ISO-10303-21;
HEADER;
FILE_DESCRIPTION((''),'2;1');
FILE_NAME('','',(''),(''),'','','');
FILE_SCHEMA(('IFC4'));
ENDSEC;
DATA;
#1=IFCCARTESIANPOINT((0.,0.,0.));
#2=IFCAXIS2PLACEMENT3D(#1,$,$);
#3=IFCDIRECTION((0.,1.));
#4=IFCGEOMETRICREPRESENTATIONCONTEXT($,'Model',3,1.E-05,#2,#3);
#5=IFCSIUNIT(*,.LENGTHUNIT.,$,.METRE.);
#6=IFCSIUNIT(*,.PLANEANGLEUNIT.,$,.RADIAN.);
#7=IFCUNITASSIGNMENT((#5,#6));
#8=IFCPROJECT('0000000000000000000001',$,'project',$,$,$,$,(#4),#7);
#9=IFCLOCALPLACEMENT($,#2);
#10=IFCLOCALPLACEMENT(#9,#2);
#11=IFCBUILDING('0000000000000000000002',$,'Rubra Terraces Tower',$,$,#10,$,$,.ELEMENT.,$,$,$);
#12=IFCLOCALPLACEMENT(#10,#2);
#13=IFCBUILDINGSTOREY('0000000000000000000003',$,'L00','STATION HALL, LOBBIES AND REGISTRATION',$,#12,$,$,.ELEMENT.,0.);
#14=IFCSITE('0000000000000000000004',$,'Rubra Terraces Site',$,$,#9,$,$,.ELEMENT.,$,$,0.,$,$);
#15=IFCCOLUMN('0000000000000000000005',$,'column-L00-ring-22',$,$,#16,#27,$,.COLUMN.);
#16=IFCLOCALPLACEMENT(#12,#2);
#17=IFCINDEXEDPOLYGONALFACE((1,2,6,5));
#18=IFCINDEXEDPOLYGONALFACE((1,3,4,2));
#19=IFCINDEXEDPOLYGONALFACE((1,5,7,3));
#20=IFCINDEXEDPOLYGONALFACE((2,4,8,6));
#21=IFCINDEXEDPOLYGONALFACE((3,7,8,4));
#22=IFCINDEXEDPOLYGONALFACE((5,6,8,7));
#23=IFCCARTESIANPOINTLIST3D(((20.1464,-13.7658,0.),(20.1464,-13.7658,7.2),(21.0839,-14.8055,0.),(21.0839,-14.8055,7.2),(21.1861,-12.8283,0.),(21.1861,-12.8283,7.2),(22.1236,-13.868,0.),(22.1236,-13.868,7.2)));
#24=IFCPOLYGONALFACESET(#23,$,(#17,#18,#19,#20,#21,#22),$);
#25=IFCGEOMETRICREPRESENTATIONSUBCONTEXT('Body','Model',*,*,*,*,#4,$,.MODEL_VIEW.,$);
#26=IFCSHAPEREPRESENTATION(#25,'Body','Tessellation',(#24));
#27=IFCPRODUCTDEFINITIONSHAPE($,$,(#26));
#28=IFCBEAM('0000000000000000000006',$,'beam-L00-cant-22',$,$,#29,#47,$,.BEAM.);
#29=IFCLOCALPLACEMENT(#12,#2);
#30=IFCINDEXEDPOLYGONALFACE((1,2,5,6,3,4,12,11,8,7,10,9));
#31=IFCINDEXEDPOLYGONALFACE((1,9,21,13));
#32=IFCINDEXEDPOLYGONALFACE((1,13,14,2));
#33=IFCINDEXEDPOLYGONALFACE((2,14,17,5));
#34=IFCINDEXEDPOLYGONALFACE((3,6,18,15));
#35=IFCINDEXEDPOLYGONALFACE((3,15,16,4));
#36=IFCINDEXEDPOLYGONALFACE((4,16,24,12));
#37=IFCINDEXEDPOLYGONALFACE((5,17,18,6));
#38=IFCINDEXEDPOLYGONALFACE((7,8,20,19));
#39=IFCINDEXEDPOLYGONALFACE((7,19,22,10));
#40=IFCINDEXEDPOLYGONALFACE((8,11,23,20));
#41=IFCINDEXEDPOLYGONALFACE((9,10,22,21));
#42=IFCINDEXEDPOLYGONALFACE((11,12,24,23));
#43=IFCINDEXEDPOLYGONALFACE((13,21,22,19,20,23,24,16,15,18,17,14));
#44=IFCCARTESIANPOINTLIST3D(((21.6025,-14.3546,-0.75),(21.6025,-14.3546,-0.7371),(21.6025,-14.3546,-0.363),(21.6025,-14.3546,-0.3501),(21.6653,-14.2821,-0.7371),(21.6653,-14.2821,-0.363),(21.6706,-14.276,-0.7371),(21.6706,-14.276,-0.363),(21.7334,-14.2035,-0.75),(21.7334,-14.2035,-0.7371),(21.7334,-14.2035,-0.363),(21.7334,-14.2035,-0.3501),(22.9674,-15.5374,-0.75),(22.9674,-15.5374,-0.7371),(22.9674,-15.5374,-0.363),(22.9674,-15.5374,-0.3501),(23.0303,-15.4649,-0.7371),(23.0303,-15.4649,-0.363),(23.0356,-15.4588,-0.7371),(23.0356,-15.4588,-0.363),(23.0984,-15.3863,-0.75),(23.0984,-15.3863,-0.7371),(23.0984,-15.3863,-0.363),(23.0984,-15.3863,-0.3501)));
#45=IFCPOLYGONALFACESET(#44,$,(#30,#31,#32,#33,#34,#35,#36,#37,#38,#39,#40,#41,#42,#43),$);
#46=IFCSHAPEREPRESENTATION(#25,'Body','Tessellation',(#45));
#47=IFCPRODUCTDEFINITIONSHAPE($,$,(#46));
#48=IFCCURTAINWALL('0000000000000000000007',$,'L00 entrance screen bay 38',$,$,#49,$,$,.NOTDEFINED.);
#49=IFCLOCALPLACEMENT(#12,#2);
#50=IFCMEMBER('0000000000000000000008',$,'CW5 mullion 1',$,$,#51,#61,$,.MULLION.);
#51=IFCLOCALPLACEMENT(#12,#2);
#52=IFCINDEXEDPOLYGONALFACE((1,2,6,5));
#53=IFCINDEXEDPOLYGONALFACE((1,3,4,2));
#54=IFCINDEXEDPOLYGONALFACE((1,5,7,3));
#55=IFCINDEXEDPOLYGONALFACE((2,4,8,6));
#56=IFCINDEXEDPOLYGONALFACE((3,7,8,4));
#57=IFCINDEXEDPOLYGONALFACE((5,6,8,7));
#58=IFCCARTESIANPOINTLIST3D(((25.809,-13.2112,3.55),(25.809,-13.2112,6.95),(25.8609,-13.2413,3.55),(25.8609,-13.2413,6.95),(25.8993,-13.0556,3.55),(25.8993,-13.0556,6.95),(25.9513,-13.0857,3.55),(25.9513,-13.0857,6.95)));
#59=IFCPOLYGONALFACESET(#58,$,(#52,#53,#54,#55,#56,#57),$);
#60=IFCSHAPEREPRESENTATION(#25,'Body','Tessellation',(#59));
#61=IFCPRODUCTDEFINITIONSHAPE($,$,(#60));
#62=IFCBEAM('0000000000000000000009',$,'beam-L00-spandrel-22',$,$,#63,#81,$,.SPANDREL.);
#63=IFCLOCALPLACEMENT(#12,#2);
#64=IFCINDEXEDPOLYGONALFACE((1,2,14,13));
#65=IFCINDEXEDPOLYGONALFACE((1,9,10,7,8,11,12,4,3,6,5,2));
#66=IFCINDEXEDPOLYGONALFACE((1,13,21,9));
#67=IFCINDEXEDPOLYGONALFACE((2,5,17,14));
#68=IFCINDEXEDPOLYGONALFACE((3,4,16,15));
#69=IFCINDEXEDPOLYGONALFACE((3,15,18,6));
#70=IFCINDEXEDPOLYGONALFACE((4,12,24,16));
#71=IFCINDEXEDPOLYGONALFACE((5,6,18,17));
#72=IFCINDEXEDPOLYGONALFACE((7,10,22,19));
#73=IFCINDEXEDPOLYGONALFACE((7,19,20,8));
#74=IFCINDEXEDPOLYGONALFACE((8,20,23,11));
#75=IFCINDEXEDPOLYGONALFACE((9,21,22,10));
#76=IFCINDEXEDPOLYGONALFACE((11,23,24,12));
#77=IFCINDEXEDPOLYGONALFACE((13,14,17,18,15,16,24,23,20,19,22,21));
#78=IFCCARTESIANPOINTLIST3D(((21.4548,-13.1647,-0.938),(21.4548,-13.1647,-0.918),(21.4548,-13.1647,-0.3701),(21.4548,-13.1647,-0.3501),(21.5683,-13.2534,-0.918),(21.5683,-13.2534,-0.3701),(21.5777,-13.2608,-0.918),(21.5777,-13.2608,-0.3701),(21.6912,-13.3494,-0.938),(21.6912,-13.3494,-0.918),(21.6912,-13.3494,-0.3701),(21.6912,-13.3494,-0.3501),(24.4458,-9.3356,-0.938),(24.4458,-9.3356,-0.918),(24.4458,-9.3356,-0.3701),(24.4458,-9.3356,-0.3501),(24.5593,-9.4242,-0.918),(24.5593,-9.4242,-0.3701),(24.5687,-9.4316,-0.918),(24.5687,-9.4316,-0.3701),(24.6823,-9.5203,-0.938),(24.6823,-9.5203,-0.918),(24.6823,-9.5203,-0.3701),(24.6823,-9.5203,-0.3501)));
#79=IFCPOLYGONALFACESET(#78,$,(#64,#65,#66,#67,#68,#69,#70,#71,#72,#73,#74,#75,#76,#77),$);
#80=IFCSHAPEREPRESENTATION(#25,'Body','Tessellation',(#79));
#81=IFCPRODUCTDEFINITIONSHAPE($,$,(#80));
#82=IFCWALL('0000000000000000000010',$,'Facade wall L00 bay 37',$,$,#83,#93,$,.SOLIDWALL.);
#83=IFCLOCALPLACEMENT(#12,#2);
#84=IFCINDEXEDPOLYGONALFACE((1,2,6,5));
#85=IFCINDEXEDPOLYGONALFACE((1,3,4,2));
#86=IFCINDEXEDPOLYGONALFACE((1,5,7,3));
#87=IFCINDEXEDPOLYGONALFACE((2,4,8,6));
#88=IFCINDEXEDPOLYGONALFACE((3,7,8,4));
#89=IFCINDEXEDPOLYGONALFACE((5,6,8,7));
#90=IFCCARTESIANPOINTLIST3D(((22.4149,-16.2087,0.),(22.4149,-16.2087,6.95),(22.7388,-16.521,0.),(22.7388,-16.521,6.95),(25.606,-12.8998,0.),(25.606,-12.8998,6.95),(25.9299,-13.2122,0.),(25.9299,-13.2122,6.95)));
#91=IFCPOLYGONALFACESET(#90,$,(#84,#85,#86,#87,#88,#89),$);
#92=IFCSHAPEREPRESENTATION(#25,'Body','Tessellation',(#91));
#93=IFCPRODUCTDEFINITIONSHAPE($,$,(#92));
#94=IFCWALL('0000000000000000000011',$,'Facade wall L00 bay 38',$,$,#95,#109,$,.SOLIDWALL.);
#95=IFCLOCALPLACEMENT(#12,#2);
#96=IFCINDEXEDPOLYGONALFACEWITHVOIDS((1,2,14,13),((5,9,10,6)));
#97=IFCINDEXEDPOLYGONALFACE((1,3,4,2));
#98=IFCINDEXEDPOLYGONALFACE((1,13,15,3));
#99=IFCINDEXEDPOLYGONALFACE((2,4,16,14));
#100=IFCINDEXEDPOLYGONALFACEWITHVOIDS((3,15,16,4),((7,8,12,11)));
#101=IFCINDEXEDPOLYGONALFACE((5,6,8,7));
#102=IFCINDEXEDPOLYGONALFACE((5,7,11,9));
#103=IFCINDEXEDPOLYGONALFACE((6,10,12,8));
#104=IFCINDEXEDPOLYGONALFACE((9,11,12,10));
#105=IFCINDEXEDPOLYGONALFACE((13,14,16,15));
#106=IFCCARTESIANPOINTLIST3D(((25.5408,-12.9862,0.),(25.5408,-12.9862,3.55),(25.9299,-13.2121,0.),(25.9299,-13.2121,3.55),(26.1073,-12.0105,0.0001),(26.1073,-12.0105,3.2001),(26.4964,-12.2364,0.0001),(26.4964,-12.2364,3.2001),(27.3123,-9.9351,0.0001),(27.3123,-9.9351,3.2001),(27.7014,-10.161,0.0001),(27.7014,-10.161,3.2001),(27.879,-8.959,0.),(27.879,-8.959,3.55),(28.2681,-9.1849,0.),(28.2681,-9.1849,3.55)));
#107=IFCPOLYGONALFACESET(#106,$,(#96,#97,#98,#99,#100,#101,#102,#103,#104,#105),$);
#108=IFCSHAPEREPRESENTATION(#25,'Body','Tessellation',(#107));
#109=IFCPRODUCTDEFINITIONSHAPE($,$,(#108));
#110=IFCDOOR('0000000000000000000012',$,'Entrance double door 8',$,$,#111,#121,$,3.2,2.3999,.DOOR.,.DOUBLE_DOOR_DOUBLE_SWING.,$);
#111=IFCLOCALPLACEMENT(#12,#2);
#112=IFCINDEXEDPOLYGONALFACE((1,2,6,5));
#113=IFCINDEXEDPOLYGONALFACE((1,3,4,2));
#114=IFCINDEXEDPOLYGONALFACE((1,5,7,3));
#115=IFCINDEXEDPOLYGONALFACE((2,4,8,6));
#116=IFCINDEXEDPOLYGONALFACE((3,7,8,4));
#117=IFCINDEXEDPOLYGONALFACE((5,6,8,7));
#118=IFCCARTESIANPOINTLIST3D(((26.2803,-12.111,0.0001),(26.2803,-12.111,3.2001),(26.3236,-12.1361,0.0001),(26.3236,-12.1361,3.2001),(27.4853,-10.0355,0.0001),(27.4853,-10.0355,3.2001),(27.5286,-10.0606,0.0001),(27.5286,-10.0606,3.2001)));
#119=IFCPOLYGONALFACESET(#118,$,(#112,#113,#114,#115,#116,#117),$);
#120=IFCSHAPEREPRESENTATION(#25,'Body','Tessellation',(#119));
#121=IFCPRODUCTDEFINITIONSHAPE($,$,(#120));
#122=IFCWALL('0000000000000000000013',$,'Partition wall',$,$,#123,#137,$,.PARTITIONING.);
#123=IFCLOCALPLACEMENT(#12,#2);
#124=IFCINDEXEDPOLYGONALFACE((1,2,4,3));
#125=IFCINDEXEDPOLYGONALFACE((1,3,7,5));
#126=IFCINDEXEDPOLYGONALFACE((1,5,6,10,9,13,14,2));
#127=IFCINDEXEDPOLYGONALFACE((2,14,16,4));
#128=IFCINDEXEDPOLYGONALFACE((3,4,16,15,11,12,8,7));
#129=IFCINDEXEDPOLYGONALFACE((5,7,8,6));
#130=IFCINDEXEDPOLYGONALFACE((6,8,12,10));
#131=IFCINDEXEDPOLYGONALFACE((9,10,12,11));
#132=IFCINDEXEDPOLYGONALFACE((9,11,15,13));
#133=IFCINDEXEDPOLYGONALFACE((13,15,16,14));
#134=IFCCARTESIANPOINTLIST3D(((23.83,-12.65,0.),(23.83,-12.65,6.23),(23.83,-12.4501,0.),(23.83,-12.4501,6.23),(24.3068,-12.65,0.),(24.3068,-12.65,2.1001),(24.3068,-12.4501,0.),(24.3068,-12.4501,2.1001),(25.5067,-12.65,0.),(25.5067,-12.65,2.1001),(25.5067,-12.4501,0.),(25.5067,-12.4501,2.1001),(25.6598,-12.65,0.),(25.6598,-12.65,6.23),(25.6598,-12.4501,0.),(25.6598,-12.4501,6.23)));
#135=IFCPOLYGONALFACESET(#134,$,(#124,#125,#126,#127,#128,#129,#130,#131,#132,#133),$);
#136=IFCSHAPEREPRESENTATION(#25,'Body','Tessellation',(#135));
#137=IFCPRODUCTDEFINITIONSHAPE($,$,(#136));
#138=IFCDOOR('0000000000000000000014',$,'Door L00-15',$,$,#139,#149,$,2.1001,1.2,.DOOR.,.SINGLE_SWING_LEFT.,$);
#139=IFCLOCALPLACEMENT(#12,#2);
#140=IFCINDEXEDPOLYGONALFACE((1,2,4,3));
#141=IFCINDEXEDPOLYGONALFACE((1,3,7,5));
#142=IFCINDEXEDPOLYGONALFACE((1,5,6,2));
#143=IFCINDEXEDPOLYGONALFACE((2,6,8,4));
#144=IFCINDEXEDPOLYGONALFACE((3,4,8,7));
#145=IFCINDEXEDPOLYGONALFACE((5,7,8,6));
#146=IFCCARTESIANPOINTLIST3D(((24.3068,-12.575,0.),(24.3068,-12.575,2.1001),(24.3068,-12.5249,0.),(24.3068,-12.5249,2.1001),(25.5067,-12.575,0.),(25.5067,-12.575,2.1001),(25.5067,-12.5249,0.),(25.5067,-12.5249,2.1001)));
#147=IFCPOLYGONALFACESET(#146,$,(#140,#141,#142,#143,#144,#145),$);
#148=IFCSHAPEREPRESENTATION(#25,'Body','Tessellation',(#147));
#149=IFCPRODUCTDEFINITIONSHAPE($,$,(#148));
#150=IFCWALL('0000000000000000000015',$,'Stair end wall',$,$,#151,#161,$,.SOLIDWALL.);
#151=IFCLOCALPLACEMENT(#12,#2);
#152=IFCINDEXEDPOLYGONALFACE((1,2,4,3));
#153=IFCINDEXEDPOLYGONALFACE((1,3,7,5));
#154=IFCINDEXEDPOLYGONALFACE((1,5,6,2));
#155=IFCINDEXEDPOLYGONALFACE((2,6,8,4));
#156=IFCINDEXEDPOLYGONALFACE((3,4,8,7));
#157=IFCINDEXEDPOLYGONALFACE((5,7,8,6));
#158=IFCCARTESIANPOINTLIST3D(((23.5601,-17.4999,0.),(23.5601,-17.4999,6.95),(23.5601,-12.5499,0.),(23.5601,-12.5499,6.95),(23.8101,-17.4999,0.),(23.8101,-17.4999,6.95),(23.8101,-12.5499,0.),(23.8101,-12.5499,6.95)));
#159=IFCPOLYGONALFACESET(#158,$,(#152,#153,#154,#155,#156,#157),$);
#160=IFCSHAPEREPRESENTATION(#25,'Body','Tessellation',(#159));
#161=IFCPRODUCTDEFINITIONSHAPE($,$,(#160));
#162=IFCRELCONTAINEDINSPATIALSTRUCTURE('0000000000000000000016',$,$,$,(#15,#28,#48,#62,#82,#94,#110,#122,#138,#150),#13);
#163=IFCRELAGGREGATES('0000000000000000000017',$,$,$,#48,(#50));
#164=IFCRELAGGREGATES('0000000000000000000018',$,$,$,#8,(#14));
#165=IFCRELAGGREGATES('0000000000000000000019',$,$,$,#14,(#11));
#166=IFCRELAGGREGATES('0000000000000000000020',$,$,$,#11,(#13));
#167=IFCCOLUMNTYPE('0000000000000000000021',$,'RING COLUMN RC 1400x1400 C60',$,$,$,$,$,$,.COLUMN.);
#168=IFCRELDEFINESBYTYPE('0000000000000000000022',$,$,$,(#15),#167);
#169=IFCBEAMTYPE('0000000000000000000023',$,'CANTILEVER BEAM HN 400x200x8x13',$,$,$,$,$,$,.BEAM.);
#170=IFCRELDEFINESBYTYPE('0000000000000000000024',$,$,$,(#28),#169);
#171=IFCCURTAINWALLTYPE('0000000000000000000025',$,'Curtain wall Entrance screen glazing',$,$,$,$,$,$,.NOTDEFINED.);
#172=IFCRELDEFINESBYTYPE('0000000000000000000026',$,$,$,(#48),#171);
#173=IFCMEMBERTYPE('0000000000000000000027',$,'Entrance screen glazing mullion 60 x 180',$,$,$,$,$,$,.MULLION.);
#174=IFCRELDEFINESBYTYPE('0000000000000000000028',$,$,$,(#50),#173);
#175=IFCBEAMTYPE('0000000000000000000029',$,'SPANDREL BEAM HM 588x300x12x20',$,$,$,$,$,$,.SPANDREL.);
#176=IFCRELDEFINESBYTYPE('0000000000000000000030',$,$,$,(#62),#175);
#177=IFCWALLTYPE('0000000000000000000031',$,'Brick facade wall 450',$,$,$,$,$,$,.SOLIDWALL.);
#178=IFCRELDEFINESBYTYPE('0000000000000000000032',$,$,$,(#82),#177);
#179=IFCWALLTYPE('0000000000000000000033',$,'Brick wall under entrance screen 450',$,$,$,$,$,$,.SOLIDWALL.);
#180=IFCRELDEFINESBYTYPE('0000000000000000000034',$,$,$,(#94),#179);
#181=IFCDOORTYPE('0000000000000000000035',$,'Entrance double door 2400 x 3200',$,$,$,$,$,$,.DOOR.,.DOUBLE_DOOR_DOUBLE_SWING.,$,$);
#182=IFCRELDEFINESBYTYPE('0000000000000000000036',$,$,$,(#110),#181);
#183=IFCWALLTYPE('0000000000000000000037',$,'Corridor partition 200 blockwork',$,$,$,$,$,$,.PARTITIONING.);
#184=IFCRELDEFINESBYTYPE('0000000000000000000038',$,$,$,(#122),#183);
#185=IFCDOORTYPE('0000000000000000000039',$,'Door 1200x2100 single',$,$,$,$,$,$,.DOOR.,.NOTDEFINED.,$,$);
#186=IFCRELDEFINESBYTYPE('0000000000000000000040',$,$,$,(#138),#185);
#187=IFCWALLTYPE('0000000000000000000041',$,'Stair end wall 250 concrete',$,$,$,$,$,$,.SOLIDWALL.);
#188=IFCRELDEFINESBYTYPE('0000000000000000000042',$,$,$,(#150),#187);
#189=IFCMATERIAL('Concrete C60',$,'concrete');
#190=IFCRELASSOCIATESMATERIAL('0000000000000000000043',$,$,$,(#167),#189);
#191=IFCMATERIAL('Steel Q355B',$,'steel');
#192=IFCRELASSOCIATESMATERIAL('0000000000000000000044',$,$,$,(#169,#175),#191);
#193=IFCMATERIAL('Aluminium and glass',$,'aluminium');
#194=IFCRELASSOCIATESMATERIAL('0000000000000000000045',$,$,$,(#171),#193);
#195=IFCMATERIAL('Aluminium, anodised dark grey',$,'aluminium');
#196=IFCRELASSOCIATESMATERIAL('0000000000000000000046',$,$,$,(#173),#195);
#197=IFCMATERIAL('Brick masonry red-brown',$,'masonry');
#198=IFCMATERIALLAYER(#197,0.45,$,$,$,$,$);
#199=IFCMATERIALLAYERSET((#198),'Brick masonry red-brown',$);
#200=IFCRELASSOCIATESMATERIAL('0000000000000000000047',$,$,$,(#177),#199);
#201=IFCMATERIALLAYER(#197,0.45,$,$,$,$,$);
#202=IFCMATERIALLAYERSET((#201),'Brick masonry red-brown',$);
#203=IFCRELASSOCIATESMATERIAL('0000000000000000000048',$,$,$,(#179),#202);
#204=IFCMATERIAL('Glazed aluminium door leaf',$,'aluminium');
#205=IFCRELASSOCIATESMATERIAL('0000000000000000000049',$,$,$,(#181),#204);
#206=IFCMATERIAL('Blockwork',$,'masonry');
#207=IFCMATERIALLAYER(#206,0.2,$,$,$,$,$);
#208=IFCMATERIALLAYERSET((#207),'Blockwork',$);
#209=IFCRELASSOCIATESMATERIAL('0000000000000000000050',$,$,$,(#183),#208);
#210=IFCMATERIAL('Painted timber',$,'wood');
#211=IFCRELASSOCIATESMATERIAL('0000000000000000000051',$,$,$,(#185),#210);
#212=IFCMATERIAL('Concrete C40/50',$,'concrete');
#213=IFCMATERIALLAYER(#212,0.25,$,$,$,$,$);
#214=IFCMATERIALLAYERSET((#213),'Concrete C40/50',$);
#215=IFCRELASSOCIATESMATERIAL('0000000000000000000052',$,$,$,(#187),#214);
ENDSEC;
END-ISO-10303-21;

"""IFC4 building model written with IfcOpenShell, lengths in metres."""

from ifc_helpers import new_model, si_unit, direction, frame, frame_2d, origin, origin_2d, place, context, subcontext, project, spatial, rectangle, i_section, extrude, material, layer, layer_set, material_profile, profile_set, type_object, element, fill, aggregate, save


model = new_model("IFC4")

# Units and contexts
model_context = context("Model", 3, precision=1e-05, world=origin(), true_north=direction((0.0, 1.0)))
body_context = subcontext(model_context, "Body", "Model", "MODEL_VIEW")
ifc_project = project(units=[si_unit("LENGTHUNIT", "METRE"), si_unit("PLANEANGLEUNIT", "RADIAN")], contexts=[model_context])

# Site, building, storey
site_placement = place(None, origin())
site = spatial("IfcSite", under=ifc_project, at=site_placement, Name="Rubra Terraces Site", CompositionType="ELEMENT", RefElevation=0.0)
building_placement = place(site_placement, origin())
building = spatial("IfcBuilding", under=site, at=building_placement, Name="Rubra Terraces Tower", CompositionType="ELEMENT")
storey_placement = place(building_placement, origin())
storey = spatial("IfcBuildingStorey", under=building, at=storey_placement, Name="L00", Description="STATION HALL, LOBBIES AND REGISTRATION", CompositionType="ELEMENT", Elevation=0.0)

# Column
ifc_material_1 = material(Name="Concrete C60", Category="concrete")
ifc_material_profile_1 = material_profile(ifc_material_1, rectangle(XDim=1.3999, YDim=1.3999, at=origin_2d()), Name="RC 1400x1400")
ifc_profile_set_1 = profile_set([ifc_material_profile_1], Name="Concrete C60")
column_type = type_object("IfcColumnType", Name="RING COLUMN RC 1400x1400 C60", PredefinedType="COLUMN", material=ifc_profile_set_1)
column_placement = place(storey_placement, frame((21.135, -13.8169, 0.0), z_axis=(0.0, 0.0, 1.0), x_axis=(0.742676, 0.669651, 0.0)))
element("IfcColumn", 1, at=column_placement, inside=storey, type_object=column_type, Name="column-L00-ring-22", PredefinedType="COLUMN", context=body_context, shape_type="SweptSolid", body=[
    extrude(rectangle(XDim=1.3999, YDim=1.3999, at=origin_2d()), origin(), (0.0, 0.0, 1.0), 7.2),
])

# Beam
ifc_material_2 = material(Name="Steel Q355B", Category="steel")
ifc_material_profile_2 = material_profile(ifc_material_2, i_section(OverallWidth=0.2, OverallDepth=0.3999, WebThickness=0.0081, FlangeThickness=0.0129, at=origin_2d()), Name="HN 400x200x8x13")
ifc_profile_set_2 = profile_set([ifc_material_profile_2], Name="Steel Q355B")
beam_type_1 = type_object("IfcBeamType", Name="CANTILEVER BEAM HN 400x200x8x13", PredefinedType="BEAM", material=ifc_profile_set_2)
beam_1_placement = place(storey_placement, frame((21.668, -14.2791, -0.55), z_axis=(0.755725, -0.654889, 0.0), x_axis=(0.654889, 0.755725, 0.0)))
element("IfcBeam", 2, at=beam_1_placement, inside=storey, type_object=beam_type_1, Name="beam-L00-cant-22", PredefinedType="BEAM", context=body_context, shape_type="SweptSolid", body=[
    extrude(i_section(OverallWidth=0.2, OverallDepth=0.3999, WebThickness=0.0081, FlangeThickness=0.0129, at=origin_2d()), origin(), (0.0, 0.0, 1.0), 1.8062),
])

# Curtain wall, member
ifc_material_3 = material(Name="Aluminium and glass", Category="aluminium")
curtain_wall_type = type_object("IfcCurtainWallType", Name="Curtain wall Entrance screen glazing", PredefinedType="NOTDEFINED", material=ifc_material_3)
curtain_wall_placement = place(storey_placement, origin())
curtain_wall = element("IfcCurtainWall", 3, at=curtain_wall_placement, inside=storey, type_object=curtain_wall_type, Name="L00 entrance screen bay 38", PredefinedType="NOTDEFINED")
ifc_material_4 = material(Name="Aluminium, anodised dark grey", Category="aluminium")
ifc_material_profile_3 = material_profile(ifc_material_4, rectangle(XDim=0.0601, YDim=0.1799, at=origin_2d()), Name="AL 60x180")
ifc_profile_set_3 = profile_set([ifc_material_profile_3], Name="Aluminium, anodised dark grey")
member_type = type_object("IfcMemberType", Name="Entrance screen glazing mullion 60 x 180", PredefinedType="MULLION", material=ifc_profile_set_3)
member_placement = place(storey_placement, frame((25.8801, -13.1484, 3.55), z_axis=(0.0, 0.0, 1.0), x_axis=(-0.864813, 0.502094, 0.0)))
member = element("IfcMember", 4, at=member_placement, type_object=member_type, Name="CW5 mullion 1", PredefinedType="MULLION", context=body_context, shape_type="SweptSolid", body=[
    extrude(rectangle(XDim=0.0601, YDim=0.1799, at=origin_2d()), origin(), (0.0, 0.0, 1.0), 3.3999),
])
aggregate(curtain_wall, [member])

# Beam
ifc_material_profile_4 = material_profile(ifc_material_2, i_section(OverallWidth=0.3, OverallDepth=0.5879, WebThickness=0.012, FlangeThickness=0.02, at=origin_2d()), Name="HM 588x300x12x20")
ifc_profile_set_4 = profile_set([ifc_material_profile_4], Name="Steel Q355B")
beam_type_2 = type_object("IfcBeamType", Name="SPANDREL BEAM HM 588x300x12x20", PredefinedType="SPANDREL", material=ifc_profile_set_4)
beam_2_placement = place(storey_placement, frame((21.573, -13.2571, -0.644), z_axis=(0.615578, 0.788076, 0.0), x_axis=(-0.788076, 0.615578, 0.0)))
element("IfcBeam", 5, at=beam_2_placement, inside=storey, type_object=beam_type_2, Name="beam-L00-spandrel-22", PredefinedType="SPANDREL", context=body_context, shape_type="SweptSolid", body=[
    extrude(i_section(OverallWidth=0.3, OverallDepth=0.5879, WebThickness=0.012, FlangeThickness=0.02, at=origin_2d()), origin(), (0.0, 0.0, 1.0), 4.8589),
])

# Wall
ifc_material_5 = material(Name="Brick masonry red-brown", Category="masonry")
ifc_layer_1 = layer(ifc_material_5, 0.45)
ifc_layer_set_1 = layer_set([ifc_layer_1], Name="Brick masonry red-brown")
wall_type_1 = type_object("IfcWallType", Name="Brick facade wall 450", PredefinedType="SOLIDWALL", material=ifc_layer_set_1)
wall_1_placement = place(storey_placement, frame((22.5769, -16.3647, 0.0), z_axis=(0.0, 0.0, 1.0), x_axis=(0.694192, 0.71979, 0.0)))
element("IfcWall", 6, at=wall_1_placement, inside=storey, type_object=wall_type_1, Name="Facade wall L00 bay 37", PredefinedType="SOLIDWALL", context=body_context, shape_type="SweptSolid", body=[
    extrude(rectangle(XDim=4.5969, YDim=0.45, at=frame_2d((2.2983, 0.0))), origin(), (0.0, 0.0, 1.0), 6.95),
])

# Walls, openings, doors
ifc_layer_2 = layer(ifc_material_5, 0.45)
ifc_layer_set_2 = layer_set([ifc_layer_2], Name="Brick masonry red-brown")
wall_type_2 = type_object("IfcWallType", Name="Brick wall under entrance screen 450", PredefinedType="SOLIDWALL", material=ifc_layer_set_2)
wall_2_placement = place(storey_placement, frame((25.7354, -13.0991, 0.0), z_axis=(0.0, 0.0, 1.0), x_axis=(0.502106, 0.864806, 0.0)))
wall_2 = element("IfcWall", 7, at=wall_2_placement, inside=storey, type_object=wall_type_2, Name="Facade wall L00 bay 38", PredefinedType="SOLIDWALL", context=body_context, shape_type="SweptSolid", body=[
    extrude(rectangle(XDim=4.6567, YDim=0.45, at=frame_2d((2.3284, 0.0))), origin(), (0.0, 0.0, 1.0), 3.55),
])
opening_1_placement = place(wall_2_placement, frame((1.1282, 0.0, 0.0)))
opening_1 = element("IfcOpeningElement", 8, at=opening_1_placement, cuts=wall_2, PredefinedType="OPENING", context=body_context, shape_type="SweptSolid", body=[
    extrude(rectangle(XDim=2.3999, YDim=3.2, at=frame_2d((1.2, 1.6001))), frame((0.0, 0.2349, 0.0), z_axis=(0.0, -1.0, 0.0), x_axis=(1.0, 0.0, 0.0)), (0.0, 0.0, 1.0), 0.47),
])
ifc_material_6 = material(Name="Glazed aluminium door leaf", Category="aluminium")
door_type_1 = type_object("IfcDoorType", Name="Entrance double door 2400 x 3200", OperationType="DOUBLE_DOOR_DOUBLE_SWING", PredefinedType="DOOR", material=ifc_material_6)
door_1_placement = place(opening_1_placement, origin())
door_1 = element("IfcDoor", 9, at=door_1_placement, inside=storey, type_object=door_type_1, Name="Entrance double door 8", OperationType="DOUBLE_DOOR_DOUBLE_SWING", OverallHeight=3.2, OverallWidth=2.3999, PredefinedType="DOOR", context=body_context, shape_type="SweptSolid", body=[
    extrude(rectangle(XDim=2.3999, YDim=3.2, at=frame_2d((1.2, 1.6001))), frame((0.0, 0.0249, 0.0), z_axis=(0.0, -1.0, 0.0), x_axis=(1.0, 0.0, 0.0)), (0.0, 0.0, 1.0), 0.05),
])
fill(opening_1, door_1)
ifc_material_7 = material(Name="Blockwork", Category="masonry")
ifc_layer_3 = layer(ifc_material_7, 0.2)
ifc_layer_set_3 = layer_set([ifc_layer_3], Name="Blockwork")
wall_type_3 = type_object("IfcWallType", Name="Corridor partition 200 blockwork", PredefinedType="PARTITIONING", material=ifc_layer_set_3)
wall_3_placement = place(storey_placement, frame((25.6599, -12.55, 0.0), z_axis=(0.0, 0.0, 1.0), x_axis=(-1.0, 0.0, 0.0)))
wall_3 = element("IfcWall", 10, at=wall_3_placement, inside=storey, type_object=wall_type_3, Name="Partition wall", PredefinedType="PARTITIONING", context=body_context, shape_type="SweptSolid", body=[
    extrude(rectangle(XDim=1.8298, YDim=0.2, at=frame_2d((0.915, 0.0))), origin(), (0.0, 0.0, 1.0), 6.23),
])
opening_2_placement = place(wall_3_placement, frame((0.1531, 0.0, 0.0)))
opening_2 = element("IfcOpeningElement", 11, at=opening_2_placement, cuts=wall_3, PredefinedType="OPENING", context=body_context, shape_type="SweptSolid", body=[
    extrude(rectangle(XDim=1.2, YDim=2.1001, at=frame_2d((0.6001, 1.05))), frame((0.0, 0.1099, 0.0), z_axis=(0.0, -1.0, 0.0), x_axis=(1.0, 0.0, 0.0)), (0.0, 0.0, 1.0), 0.22),
])
ifc_material_8 = material(Name="Painted timber", Category="wood")
door_type_2 = type_object("IfcDoorType", Name="Door 1200x2100 single", OperationType="NOTDEFINED", PredefinedType="DOOR", material=ifc_material_8)
door_2_placement = place(opening_2_placement, origin())
door_2 = element("IfcDoor", 12, at=door_2_placement, inside=storey, type_object=door_type_2, Name="Door L00-15", OperationType="SINGLE_SWING_LEFT", OverallHeight=2.1001, OverallWidth=1.2, PredefinedType="DOOR", context=body_context, shape_type="SweptSolid", body=[
    extrude(rectangle(XDim=1.2, YDim=2.1001, at=frame_2d((0.6001, 1.05))), frame((0.0, 0.0249, 0.0), z_axis=(0.0, -1.0, 0.0), x_axis=(1.0, 0.0, 0.0)), (0.0, 0.0, 1.0), 0.05),
])
fill(opening_2, door_2)

# Wall
ifc_material_9 = material(Name="Concrete C40/50", Category="concrete")
ifc_layer_4 = layer(ifc_material_9, 0.25)
ifc_layer_set_4 = layer_set([ifc_layer_4], Name="Concrete C40/50")
wall_type_4 = type_object("IfcWallType", Name="Stair end wall 250 concrete", PredefinedType="SOLIDWALL", material=ifc_layer_set_4)
wall_4_placement = place(storey_placement, frame((23.6851, -17.5, 0.0), z_axis=(0.0, 0.0, 1.0), x_axis=(0.0, 1.0, 0.0)))
element("IfcWall", 13, at=wall_4_placement, inside=storey, type_object=wall_type_4, Name="Stair end wall", PredefinedType="SOLIDWALL", context=body_context, shape_type="SweptSolid", body=[
    extrude(rectangle(XDim=4.95, YDim=0.25, at=frame_2d((2.4751, 0.0))), origin(), (0.0, 0.0, 1.0), 6.95),
])

save(model, "model.ifc")
